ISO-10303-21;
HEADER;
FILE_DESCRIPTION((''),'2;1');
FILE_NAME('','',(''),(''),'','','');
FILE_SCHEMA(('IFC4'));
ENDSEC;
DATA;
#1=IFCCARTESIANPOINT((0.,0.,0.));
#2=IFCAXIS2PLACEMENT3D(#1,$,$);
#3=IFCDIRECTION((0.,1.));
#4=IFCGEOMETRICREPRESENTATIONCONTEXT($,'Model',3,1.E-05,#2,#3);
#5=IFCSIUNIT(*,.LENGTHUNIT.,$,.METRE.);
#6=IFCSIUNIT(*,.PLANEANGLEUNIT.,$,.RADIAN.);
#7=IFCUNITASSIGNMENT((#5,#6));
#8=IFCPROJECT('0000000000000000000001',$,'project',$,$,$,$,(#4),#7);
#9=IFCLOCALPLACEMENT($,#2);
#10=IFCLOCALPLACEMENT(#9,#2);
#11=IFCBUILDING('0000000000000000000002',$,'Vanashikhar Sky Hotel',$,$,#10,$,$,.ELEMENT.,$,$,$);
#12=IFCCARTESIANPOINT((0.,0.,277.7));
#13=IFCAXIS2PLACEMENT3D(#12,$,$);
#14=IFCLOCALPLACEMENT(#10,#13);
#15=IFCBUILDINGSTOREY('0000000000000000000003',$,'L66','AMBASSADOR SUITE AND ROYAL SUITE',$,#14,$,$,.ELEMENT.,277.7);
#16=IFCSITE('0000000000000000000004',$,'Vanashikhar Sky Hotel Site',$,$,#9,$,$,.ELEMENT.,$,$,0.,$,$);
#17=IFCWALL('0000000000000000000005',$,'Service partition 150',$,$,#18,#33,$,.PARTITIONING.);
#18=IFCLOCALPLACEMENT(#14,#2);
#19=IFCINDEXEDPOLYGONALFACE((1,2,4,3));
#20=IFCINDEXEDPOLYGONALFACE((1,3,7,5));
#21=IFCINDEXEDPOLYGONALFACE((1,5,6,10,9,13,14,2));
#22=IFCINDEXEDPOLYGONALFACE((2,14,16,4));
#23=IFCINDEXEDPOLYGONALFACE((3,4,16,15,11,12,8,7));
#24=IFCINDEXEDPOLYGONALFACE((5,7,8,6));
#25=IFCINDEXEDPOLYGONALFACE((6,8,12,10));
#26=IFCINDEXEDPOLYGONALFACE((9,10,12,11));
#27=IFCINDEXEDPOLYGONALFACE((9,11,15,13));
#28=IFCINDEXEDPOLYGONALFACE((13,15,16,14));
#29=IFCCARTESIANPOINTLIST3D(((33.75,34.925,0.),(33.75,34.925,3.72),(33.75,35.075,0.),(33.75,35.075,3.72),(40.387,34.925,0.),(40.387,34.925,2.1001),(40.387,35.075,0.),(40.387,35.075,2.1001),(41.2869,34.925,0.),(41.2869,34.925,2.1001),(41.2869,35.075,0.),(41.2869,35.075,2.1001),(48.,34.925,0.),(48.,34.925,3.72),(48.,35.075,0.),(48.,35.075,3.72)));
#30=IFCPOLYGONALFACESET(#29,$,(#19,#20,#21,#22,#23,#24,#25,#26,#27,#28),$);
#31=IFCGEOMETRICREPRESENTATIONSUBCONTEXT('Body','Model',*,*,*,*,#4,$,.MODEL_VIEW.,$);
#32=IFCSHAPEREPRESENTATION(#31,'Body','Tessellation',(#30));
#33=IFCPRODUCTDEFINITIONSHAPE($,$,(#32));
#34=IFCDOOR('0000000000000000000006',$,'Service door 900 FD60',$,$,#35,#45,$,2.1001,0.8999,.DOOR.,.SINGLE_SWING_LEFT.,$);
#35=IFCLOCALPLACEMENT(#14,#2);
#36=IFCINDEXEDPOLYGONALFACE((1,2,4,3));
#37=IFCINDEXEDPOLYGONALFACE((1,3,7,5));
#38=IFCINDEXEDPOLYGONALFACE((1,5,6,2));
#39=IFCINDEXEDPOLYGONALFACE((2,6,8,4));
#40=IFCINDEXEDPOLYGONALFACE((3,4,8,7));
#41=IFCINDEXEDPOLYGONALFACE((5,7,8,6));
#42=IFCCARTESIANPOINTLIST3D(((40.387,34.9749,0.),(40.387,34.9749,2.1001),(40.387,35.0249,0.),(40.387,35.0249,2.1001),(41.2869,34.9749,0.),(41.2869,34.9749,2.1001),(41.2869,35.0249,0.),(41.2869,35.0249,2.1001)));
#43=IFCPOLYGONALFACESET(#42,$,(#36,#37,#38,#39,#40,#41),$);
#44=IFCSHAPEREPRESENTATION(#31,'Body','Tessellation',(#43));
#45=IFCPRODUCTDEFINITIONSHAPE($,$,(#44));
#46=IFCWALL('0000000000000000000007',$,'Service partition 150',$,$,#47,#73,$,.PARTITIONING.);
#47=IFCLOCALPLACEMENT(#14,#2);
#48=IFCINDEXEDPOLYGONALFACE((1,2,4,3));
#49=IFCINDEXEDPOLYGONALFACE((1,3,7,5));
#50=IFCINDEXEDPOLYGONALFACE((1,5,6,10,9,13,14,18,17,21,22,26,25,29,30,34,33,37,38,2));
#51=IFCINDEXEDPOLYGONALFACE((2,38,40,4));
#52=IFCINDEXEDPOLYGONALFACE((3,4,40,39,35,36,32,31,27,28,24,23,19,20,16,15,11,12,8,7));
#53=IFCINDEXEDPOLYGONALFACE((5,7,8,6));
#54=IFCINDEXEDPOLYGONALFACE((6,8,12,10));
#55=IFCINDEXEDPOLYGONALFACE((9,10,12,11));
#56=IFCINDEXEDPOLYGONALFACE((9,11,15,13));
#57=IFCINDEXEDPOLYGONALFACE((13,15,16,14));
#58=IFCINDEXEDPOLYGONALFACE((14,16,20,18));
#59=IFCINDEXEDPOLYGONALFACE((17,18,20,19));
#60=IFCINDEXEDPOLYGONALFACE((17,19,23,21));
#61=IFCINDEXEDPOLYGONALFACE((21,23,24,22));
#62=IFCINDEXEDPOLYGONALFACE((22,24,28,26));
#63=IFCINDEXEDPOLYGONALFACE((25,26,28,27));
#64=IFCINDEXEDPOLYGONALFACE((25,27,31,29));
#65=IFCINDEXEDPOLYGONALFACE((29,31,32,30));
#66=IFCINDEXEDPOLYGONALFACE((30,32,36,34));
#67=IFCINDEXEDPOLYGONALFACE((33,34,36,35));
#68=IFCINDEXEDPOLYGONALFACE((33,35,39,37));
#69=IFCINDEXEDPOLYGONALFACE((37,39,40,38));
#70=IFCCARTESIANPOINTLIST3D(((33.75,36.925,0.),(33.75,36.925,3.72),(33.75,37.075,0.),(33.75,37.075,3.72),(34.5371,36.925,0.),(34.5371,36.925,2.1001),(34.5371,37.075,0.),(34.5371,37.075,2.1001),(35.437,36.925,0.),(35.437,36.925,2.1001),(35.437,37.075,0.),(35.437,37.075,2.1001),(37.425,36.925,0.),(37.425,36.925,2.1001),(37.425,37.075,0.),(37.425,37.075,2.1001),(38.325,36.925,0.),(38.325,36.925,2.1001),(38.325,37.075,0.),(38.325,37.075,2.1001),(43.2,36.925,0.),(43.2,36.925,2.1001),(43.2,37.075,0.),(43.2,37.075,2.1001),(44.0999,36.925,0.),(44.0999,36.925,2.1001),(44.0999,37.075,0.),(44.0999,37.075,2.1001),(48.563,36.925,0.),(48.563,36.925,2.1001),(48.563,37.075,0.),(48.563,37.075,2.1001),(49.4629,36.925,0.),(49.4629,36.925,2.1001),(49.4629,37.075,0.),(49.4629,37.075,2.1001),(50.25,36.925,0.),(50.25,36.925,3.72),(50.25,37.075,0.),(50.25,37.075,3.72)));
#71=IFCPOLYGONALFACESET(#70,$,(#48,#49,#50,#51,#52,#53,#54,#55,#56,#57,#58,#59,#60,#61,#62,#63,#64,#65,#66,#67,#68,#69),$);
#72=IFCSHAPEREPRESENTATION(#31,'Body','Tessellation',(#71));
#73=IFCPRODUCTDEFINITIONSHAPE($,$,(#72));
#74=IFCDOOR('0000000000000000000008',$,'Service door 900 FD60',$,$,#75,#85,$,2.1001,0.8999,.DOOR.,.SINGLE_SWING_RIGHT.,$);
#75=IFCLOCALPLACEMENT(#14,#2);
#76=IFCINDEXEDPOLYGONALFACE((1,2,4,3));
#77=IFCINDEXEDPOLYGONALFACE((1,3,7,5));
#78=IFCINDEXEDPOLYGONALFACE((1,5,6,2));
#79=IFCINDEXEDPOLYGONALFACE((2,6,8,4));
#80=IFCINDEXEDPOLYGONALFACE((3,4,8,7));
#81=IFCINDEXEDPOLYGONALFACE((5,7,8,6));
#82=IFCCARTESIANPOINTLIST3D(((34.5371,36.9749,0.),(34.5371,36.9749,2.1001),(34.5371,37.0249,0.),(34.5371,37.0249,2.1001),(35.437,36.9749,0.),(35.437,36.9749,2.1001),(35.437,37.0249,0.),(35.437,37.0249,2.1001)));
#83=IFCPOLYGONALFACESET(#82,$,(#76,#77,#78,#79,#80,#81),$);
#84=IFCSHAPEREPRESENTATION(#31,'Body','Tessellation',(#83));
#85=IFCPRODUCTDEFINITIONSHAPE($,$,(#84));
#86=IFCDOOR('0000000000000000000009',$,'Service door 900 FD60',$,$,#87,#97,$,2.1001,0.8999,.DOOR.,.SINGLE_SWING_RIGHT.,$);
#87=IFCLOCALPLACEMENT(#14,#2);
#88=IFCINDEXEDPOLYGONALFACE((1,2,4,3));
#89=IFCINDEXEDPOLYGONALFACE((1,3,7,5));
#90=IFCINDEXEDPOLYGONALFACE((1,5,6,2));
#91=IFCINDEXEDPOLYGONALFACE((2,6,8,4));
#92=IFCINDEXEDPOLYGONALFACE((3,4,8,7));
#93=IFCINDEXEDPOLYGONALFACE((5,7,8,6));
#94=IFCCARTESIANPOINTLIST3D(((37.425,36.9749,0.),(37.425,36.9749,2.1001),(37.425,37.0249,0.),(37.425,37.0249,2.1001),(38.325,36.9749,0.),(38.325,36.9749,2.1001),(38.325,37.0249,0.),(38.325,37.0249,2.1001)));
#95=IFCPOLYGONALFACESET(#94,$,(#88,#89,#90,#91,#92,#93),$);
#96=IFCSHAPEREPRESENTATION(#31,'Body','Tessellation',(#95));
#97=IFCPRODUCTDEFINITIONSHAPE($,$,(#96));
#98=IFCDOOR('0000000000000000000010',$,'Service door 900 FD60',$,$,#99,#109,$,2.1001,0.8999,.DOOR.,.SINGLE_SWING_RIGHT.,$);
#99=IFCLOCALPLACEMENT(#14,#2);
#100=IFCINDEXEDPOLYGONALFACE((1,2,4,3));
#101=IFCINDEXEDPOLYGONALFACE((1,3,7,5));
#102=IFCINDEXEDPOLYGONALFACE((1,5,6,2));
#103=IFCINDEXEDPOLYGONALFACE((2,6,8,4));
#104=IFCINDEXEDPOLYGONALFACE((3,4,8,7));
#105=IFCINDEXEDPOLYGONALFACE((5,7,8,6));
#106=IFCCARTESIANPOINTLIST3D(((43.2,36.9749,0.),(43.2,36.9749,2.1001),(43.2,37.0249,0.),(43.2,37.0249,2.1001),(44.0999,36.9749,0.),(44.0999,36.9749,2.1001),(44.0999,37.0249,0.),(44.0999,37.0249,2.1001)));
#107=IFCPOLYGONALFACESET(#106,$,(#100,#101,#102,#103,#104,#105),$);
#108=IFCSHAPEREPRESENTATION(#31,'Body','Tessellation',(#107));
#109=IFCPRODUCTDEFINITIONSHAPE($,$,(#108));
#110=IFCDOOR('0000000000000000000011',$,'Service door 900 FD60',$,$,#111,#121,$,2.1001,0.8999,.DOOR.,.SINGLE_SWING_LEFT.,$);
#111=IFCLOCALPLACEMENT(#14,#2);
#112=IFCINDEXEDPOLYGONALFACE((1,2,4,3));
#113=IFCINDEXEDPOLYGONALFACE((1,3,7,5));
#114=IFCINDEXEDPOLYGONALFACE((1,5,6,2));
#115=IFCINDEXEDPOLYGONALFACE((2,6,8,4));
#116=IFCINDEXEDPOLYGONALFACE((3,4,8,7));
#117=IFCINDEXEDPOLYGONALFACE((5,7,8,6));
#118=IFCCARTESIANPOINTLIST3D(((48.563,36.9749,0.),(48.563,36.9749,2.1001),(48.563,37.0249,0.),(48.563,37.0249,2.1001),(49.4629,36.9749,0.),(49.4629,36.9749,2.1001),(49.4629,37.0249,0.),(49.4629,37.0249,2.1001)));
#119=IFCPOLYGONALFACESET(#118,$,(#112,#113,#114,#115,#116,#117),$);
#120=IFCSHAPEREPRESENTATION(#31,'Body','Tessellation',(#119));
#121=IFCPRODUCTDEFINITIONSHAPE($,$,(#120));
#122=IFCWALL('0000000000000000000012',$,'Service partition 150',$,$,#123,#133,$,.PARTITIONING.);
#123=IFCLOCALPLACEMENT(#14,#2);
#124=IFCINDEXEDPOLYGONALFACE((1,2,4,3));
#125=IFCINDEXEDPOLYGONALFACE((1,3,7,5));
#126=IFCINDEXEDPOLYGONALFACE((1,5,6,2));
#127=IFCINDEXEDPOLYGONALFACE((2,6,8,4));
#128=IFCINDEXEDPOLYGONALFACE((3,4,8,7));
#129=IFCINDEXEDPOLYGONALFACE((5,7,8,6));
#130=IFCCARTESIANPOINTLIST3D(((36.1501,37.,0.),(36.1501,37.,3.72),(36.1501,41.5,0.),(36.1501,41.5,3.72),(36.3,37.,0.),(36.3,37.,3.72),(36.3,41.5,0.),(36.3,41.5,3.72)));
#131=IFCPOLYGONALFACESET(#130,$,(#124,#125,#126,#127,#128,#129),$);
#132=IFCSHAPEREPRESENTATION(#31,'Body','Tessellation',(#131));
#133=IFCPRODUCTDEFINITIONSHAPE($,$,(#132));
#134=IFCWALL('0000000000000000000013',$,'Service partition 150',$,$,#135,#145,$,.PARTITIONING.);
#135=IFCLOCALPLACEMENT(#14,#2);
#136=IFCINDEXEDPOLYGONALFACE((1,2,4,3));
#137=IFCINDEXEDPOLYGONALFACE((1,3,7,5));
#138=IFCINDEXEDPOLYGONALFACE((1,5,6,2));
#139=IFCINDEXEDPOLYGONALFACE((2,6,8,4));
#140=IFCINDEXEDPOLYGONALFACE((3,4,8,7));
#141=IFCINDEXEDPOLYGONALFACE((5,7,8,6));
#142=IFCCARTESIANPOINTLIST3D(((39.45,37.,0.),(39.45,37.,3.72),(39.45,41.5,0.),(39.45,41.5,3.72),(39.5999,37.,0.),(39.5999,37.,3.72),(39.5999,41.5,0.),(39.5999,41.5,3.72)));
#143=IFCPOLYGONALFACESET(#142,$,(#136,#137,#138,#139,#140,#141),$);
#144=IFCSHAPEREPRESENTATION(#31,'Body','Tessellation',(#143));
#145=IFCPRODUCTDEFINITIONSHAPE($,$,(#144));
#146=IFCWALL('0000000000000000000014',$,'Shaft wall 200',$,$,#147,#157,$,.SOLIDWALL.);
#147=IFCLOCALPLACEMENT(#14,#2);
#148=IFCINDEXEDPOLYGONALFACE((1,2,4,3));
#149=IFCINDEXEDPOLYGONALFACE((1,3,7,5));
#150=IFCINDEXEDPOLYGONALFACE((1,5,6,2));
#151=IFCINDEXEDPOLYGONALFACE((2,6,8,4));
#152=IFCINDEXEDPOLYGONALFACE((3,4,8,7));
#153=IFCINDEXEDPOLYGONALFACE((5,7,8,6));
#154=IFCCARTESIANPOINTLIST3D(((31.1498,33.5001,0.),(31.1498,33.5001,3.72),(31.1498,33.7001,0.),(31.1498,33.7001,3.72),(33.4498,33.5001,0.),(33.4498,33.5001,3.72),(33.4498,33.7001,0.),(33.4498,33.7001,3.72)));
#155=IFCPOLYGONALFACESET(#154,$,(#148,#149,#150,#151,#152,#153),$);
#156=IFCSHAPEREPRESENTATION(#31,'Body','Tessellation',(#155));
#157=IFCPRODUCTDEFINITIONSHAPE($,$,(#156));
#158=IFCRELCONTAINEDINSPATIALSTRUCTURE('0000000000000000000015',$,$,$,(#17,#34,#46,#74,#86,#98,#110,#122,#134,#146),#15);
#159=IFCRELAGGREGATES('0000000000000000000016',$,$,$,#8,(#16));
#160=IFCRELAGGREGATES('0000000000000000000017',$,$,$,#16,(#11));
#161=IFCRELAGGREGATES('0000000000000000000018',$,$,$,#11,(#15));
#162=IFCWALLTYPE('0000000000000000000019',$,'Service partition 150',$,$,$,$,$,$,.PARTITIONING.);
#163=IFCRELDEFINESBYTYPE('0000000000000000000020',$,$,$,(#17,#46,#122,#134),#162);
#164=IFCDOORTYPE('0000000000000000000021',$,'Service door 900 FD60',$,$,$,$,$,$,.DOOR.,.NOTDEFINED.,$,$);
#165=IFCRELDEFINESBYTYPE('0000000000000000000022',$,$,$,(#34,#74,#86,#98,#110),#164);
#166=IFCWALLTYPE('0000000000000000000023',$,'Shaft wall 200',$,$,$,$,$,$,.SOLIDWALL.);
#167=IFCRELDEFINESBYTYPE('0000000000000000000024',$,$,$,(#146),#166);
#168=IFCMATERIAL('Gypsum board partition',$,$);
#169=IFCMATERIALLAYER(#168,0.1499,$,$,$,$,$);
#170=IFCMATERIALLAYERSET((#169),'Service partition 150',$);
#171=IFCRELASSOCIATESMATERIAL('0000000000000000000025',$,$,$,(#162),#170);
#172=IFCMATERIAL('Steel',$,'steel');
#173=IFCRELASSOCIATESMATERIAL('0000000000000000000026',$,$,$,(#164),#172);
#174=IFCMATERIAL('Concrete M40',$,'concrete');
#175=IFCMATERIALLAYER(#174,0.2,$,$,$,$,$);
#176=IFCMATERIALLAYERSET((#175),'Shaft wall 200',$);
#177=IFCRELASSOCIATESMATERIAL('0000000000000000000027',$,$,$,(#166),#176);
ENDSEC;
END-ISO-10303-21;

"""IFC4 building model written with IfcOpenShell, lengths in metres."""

from ifc_helpers import new_model, si_unit, direction, frame, frame_2d, origin, place, context, subcontext, project, spatial, rectangle, extrude, source, transform, mapped, material, layer, layer_set, type_object, element, fill, save


model = new_model("IFC4")

# Units and contexts
model_context = context("Model", 3, precision=1e-05, world=origin(), true_north=direction((0.0, 1.0)))
body_context = subcontext(model_context, "Body", "Model", "MODEL_VIEW")
ifc_project = project(units=[si_unit("LENGTHUNIT", "METRE"), si_unit("PLANEANGLEUNIT", "RADIAN")], contexts=[model_context])

# Site, building, storey
site_placement = place(None, origin())
site = spatial("IfcSite", under=ifc_project, at=site_placement, Name="Vanashikhar Sky Hotel Site", CompositionType="ELEMENT", RefElevation=0.0)
building_placement = place(site_placement, origin())
building = spatial("IfcBuilding", under=site, at=building_placement, Name="Vanashikhar Sky Hotel", CompositionType="ELEMENT")
storey_placement = place(building_placement, frame((0.0, 0.0, 277.7)))
storey = spatial("IfcBuildingStorey", under=building, at=storey_placement, Name="L66", Description="AMBASSADOR SUITE AND ROYAL SUITE", CompositionType="ELEMENT", Elevation=277.7)

# Wall, opening, door
ifc_material_1 = material(Name="Gypsum board partition")
ifc_layer_1 = layer(ifc_material_1, 0.1499)
ifc_layer_set_1 = layer_set([ifc_layer_1], Name="Service partition 150")
wall_type_1 = type_object("IfcWallType", Name="Service partition 150", PredefinedType="PARTITIONING", material=ifc_layer_set_1)
shared_shape_1 = source(origin(), body_context, "Body", "SweptSolid", [
    extrude(rectangle(XDim=14.25, YDim=0.1499, at=frame_2d((7.125, 0.0))), origin(), (0.0, 0.0, 1.0), 3.72),
])
wall_1_placement = place(storey_placement, frame((33.75, 35.0, 0.0), z_axis=(0.0, 0.0, 1.0), x_axis=(1.0, 0.0, 0.0)))
wall_1 = element("IfcWall", 1, at=wall_1_placement, inside=storey, type_object=wall_type_1, Name="Service partition 150", PredefinedType="PARTITIONING", context=body_context, shape_type="MappedRepresentation", body=[
    mapped(shared_shape_1, transform((0.0, 0.0, 0.0), scale=1.0)),
])
shared_shape_2 = source(origin(), body_context, "Body", "SweptSolid", [
    extrude(rectangle(XDim=0.8999, YDim=2.1001, at=frame_2d((0.45, 1.05))), frame((0.0, 0.085, 0.0), z_axis=(0.0, -1.0, 0.0), x_axis=(1.0, 0.0, 0.0)), (0.0, 0.0, 1.0), 0.1699),
])
opening_1_placement = place(wall_1_placement, frame((6.637, 0.0, 0.0)))
opening_1 = element("IfcOpeningElement", 2, at=opening_1_placement, cuts=wall_1, PredefinedType="OPENING", context=body_context, shape_type="MappedRepresentation", body=[
    mapped(shared_shape_2, transform((0.0, 0.0, 0.0), scale=1.0)),
])
ifc_material_2 = material(Name="Steel", Category="steel")
door_type_1 = type_object("IfcDoorType", Name="Service door 900 FD60", OperationType="NOTDEFINED", PredefinedType="DOOR", material=ifc_material_2)
shared_shape_3 = source(origin(), body_context, "Body", "SweptSolid", [
    extrude(rectangle(XDim=0.8999, YDim=2.1001, at=frame_2d((0.45, 1.05))), frame((0.0, 0.0249, 0.0), z_axis=(0.0, -1.0, 0.0), x_axis=(1.0, 0.0, 0.0)), (0.0, 0.0, 1.0), 0.05),
])
door_1_placement = place(opening_1_placement, origin())
door_1 = element("IfcDoor", 3, at=door_1_placement, inside=storey, type_object=door_type_1, Name="Service door 900 FD60", OperationType="SINGLE_SWING_LEFT", OverallHeight=2.1001, OverallWidth=0.8999, PredefinedType="DOOR", context=body_context, shape_type="MappedRepresentation", body=[
    mapped(shared_shape_3, transform((0.0, 0.0, 0.0), scale=1.0)),
])
fill(opening_1, door_1)

# Wall, openings, doors
shared_shape_4 = source(origin(), body_context, "Body", "SweptSolid", [
    extrude(rectangle(XDim=16.5, YDim=0.1499, at=frame_2d((8.25, 0.0))), origin(), (0.0, 0.0, 1.0), 3.72),
])
wall_2_placement = place(storey_placement, frame((33.75, 37.0, 0.0), z_axis=(0.0, 0.0, 1.0), x_axis=(1.0, 0.0, 0.0)))
wall_2 = element("IfcWall", 4, at=wall_2_placement, inside=storey, type_object=wall_type_1, Name="Service partition 150", PredefinedType="PARTITIONING", context=body_context, shape_type="MappedRepresentation", body=[
    mapped(shared_shape_4, transform((0.0, 0.0, 0.0), scale=1.0)),
])
opening_2_placement = place(wall_2_placement, frame((0.7871, 0.0, 0.0)))
opening_2 = element("IfcOpeningElement", 5, at=opening_2_placement, cuts=wall_2, PredefinedType="OPENING", context=body_context, shape_type="MappedRepresentation", body=[
    mapped(shared_shape_2, transform((0.0, 0.0, 0.0), scale=1.0)),
])
opening_3_placement = place(wall_2_placement, frame((3.675, 0.0, 0.0)))
opening_3 = element("IfcOpeningElement", 6, at=opening_3_placement, cuts=wall_2, PredefinedType="OPENING", context=body_context, shape_type="MappedRepresentation", body=[
    mapped(shared_shape_2, transform((0.0, 0.0, 0.0), scale=1.0)),
])
opening_4_placement = place(wall_2_placement, frame((9.45, 0.0, 0.0)))
opening_4 = element("IfcOpeningElement", 7, at=opening_4_placement, cuts=wall_2, PredefinedType="OPENING", context=body_context, shape_type="MappedRepresentation", body=[
    mapped(shared_shape_2, transform((0.0, 0.0, 0.0), scale=1.0)),
])
opening_5_placement = place(wall_2_placement, frame((14.813, 0.0, 0.0)))
opening_5 = element("IfcOpeningElement", 8, at=opening_5_placement, cuts=wall_2, PredefinedType="OPENING", context=body_context, shape_type="MappedRepresentation", body=[
    mapped(shared_shape_2, transform((0.0, 0.0, 0.0), scale=1.0)),
])
door_2_placement = place(opening_2_placement, origin())
door_2 = element("IfcDoor", 9, at=door_2_placement, inside=storey, type_object=door_type_1, Name="Service door 900 FD60", OperationType="SINGLE_SWING_RIGHT", OverallHeight=2.1001, OverallWidth=0.8999, PredefinedType="DOOR", context=body_context, shape_type="MappedRepresentation", body=[
    mapped(shared_shape_3, transform((0.0, 0.0, 0.0), scale=1.0)),
])
fill(opening_2, door_2)
door_3_placement = place(opening_3_placement, origin())
door_3 = element("IfcDoor", 10, at=door_3_placement, inside=storey, type_object=door_type_1, Name="Service door 900 FD60", OperationType="SINGLE_SWING_RIGHT", OverallHeight=2.1001, OverallWidth=0.8999, PredefinedType="DOOR", context=body_context, shape_type="MappedRepresentation", body=[
    mapped(shared_shape_3, transform((0.0, 0.0, 0.0), scale=1.0)),
])
fill(opening_3, door_3)
door_4_placement = place(opening_4_placement, origin())
door_4 = element("IfcDoor", 11, at=door_4_placement, inside=storey, type_object=door_type_1, Name="Service door 900 FD60", OperationType="SINGLE_SWING_RIGHT", OverallHeight=2.1001, OverallWidth=0.8999, PredefinedType="DOOR", context=body_context, shape_type="MappedRepresentation", body=[
    mapped(shared_shape_3, transform((0.0, 0.0, 0.0), scale=1.0)),
])
fill(opening_4, door_4)
door_5_placement = place(opening_5_placement, origin())
door_5 = element("IfcDoor", 12, at=door_5_placement, inside=storey, type_object=door_type_1, Name="Service door 900 FD60", OperationType="SINGLE_SWING_LEFT", OverallHeight=2.1001, OverallWidth=0.8999, PredefinedType="DOOR", context=body_context, shape_type="MappedRepresentation", body=[
    mapped(shared_shape_3, transform((0.0, 0.0, 0.0), scale=1.0)),
])
fill(opening_5, door_5)

# Walls
shared_shape_5 = source(origin(), body_context, "Body", "SweptSolid", [
    extrude(rectangle(XDim=4.5, YDim=0.1499, at=frame_2d((2.25, 0.0))), origin(), (0.0, 0.0, 1.0), 3.72),
])
for number, where, z_axis, x_axis, name in (
    (13, (36.2251, 37.0, 0.0), (0.0, 0.0, 1.0), (0.0, 1.0, 0.0), "Service partition 150"),
    (14, (39.5249, 37.0, 0.0), (0.0, 0.0, 1.0), (0.0, 1.0, 0.0), "Service partition 150"),
):
    element("IfcWall", number, at=place(storey_placement, frame(where, z_axis=z_axis, x_axis=x_axis)), inside=storey, type_object=wall_type_1, Name=name, PredefinedType="PARTITIONING", context=body_context, shape_type="MappedRepresentation", body=[
        mapped(shared_shape_5, transform((0.0, 0.0, 0.0), scale=1.0)),
    ])
ifc_material_3 = material(Name="Concrete M40", Category="concrete")
ifc_layer_2 = layer(ifc_material_3, 0.2)
ifc_layer_set_2 = layer_set([ifc_layer_2], Name="Shaft wall 200")
wall_type_2 = type_object("IfcWallType", Name="Shaft wall 200", PredefinedType="SOLIDWALL", material=ifc_layer_set_2)
shared_shape_6 = source(origin(), body_context, "Body", "SweptSolid", [
    extrude(rectangle(XDim=2.3, YDim=0.2, at=frame_2d((1.1499, 0.0))), origin(), (0.0, 0.0, 1.0), 3.72),
])
wall_3_placement = place(storey_placement, frame((31.1499, 33.6001, 0.0), z_axis=(0.0, 0.0, 1.0), x_axis=(1.0, 0.0, 0.0)))
element("IfcWall", 15, at=wall_3_placement, inside=storey, type_object=wall_type_2, Name="Shaft wall 200", PredefinedType="SOLIDWALL", context=body_context, shape_type="MappedRepresentation", body=[
    mapped(shared_shape_6, transform((0.0, 0.0, 0.0), scale=1.0)),
])

save(model, "model.ifc")
